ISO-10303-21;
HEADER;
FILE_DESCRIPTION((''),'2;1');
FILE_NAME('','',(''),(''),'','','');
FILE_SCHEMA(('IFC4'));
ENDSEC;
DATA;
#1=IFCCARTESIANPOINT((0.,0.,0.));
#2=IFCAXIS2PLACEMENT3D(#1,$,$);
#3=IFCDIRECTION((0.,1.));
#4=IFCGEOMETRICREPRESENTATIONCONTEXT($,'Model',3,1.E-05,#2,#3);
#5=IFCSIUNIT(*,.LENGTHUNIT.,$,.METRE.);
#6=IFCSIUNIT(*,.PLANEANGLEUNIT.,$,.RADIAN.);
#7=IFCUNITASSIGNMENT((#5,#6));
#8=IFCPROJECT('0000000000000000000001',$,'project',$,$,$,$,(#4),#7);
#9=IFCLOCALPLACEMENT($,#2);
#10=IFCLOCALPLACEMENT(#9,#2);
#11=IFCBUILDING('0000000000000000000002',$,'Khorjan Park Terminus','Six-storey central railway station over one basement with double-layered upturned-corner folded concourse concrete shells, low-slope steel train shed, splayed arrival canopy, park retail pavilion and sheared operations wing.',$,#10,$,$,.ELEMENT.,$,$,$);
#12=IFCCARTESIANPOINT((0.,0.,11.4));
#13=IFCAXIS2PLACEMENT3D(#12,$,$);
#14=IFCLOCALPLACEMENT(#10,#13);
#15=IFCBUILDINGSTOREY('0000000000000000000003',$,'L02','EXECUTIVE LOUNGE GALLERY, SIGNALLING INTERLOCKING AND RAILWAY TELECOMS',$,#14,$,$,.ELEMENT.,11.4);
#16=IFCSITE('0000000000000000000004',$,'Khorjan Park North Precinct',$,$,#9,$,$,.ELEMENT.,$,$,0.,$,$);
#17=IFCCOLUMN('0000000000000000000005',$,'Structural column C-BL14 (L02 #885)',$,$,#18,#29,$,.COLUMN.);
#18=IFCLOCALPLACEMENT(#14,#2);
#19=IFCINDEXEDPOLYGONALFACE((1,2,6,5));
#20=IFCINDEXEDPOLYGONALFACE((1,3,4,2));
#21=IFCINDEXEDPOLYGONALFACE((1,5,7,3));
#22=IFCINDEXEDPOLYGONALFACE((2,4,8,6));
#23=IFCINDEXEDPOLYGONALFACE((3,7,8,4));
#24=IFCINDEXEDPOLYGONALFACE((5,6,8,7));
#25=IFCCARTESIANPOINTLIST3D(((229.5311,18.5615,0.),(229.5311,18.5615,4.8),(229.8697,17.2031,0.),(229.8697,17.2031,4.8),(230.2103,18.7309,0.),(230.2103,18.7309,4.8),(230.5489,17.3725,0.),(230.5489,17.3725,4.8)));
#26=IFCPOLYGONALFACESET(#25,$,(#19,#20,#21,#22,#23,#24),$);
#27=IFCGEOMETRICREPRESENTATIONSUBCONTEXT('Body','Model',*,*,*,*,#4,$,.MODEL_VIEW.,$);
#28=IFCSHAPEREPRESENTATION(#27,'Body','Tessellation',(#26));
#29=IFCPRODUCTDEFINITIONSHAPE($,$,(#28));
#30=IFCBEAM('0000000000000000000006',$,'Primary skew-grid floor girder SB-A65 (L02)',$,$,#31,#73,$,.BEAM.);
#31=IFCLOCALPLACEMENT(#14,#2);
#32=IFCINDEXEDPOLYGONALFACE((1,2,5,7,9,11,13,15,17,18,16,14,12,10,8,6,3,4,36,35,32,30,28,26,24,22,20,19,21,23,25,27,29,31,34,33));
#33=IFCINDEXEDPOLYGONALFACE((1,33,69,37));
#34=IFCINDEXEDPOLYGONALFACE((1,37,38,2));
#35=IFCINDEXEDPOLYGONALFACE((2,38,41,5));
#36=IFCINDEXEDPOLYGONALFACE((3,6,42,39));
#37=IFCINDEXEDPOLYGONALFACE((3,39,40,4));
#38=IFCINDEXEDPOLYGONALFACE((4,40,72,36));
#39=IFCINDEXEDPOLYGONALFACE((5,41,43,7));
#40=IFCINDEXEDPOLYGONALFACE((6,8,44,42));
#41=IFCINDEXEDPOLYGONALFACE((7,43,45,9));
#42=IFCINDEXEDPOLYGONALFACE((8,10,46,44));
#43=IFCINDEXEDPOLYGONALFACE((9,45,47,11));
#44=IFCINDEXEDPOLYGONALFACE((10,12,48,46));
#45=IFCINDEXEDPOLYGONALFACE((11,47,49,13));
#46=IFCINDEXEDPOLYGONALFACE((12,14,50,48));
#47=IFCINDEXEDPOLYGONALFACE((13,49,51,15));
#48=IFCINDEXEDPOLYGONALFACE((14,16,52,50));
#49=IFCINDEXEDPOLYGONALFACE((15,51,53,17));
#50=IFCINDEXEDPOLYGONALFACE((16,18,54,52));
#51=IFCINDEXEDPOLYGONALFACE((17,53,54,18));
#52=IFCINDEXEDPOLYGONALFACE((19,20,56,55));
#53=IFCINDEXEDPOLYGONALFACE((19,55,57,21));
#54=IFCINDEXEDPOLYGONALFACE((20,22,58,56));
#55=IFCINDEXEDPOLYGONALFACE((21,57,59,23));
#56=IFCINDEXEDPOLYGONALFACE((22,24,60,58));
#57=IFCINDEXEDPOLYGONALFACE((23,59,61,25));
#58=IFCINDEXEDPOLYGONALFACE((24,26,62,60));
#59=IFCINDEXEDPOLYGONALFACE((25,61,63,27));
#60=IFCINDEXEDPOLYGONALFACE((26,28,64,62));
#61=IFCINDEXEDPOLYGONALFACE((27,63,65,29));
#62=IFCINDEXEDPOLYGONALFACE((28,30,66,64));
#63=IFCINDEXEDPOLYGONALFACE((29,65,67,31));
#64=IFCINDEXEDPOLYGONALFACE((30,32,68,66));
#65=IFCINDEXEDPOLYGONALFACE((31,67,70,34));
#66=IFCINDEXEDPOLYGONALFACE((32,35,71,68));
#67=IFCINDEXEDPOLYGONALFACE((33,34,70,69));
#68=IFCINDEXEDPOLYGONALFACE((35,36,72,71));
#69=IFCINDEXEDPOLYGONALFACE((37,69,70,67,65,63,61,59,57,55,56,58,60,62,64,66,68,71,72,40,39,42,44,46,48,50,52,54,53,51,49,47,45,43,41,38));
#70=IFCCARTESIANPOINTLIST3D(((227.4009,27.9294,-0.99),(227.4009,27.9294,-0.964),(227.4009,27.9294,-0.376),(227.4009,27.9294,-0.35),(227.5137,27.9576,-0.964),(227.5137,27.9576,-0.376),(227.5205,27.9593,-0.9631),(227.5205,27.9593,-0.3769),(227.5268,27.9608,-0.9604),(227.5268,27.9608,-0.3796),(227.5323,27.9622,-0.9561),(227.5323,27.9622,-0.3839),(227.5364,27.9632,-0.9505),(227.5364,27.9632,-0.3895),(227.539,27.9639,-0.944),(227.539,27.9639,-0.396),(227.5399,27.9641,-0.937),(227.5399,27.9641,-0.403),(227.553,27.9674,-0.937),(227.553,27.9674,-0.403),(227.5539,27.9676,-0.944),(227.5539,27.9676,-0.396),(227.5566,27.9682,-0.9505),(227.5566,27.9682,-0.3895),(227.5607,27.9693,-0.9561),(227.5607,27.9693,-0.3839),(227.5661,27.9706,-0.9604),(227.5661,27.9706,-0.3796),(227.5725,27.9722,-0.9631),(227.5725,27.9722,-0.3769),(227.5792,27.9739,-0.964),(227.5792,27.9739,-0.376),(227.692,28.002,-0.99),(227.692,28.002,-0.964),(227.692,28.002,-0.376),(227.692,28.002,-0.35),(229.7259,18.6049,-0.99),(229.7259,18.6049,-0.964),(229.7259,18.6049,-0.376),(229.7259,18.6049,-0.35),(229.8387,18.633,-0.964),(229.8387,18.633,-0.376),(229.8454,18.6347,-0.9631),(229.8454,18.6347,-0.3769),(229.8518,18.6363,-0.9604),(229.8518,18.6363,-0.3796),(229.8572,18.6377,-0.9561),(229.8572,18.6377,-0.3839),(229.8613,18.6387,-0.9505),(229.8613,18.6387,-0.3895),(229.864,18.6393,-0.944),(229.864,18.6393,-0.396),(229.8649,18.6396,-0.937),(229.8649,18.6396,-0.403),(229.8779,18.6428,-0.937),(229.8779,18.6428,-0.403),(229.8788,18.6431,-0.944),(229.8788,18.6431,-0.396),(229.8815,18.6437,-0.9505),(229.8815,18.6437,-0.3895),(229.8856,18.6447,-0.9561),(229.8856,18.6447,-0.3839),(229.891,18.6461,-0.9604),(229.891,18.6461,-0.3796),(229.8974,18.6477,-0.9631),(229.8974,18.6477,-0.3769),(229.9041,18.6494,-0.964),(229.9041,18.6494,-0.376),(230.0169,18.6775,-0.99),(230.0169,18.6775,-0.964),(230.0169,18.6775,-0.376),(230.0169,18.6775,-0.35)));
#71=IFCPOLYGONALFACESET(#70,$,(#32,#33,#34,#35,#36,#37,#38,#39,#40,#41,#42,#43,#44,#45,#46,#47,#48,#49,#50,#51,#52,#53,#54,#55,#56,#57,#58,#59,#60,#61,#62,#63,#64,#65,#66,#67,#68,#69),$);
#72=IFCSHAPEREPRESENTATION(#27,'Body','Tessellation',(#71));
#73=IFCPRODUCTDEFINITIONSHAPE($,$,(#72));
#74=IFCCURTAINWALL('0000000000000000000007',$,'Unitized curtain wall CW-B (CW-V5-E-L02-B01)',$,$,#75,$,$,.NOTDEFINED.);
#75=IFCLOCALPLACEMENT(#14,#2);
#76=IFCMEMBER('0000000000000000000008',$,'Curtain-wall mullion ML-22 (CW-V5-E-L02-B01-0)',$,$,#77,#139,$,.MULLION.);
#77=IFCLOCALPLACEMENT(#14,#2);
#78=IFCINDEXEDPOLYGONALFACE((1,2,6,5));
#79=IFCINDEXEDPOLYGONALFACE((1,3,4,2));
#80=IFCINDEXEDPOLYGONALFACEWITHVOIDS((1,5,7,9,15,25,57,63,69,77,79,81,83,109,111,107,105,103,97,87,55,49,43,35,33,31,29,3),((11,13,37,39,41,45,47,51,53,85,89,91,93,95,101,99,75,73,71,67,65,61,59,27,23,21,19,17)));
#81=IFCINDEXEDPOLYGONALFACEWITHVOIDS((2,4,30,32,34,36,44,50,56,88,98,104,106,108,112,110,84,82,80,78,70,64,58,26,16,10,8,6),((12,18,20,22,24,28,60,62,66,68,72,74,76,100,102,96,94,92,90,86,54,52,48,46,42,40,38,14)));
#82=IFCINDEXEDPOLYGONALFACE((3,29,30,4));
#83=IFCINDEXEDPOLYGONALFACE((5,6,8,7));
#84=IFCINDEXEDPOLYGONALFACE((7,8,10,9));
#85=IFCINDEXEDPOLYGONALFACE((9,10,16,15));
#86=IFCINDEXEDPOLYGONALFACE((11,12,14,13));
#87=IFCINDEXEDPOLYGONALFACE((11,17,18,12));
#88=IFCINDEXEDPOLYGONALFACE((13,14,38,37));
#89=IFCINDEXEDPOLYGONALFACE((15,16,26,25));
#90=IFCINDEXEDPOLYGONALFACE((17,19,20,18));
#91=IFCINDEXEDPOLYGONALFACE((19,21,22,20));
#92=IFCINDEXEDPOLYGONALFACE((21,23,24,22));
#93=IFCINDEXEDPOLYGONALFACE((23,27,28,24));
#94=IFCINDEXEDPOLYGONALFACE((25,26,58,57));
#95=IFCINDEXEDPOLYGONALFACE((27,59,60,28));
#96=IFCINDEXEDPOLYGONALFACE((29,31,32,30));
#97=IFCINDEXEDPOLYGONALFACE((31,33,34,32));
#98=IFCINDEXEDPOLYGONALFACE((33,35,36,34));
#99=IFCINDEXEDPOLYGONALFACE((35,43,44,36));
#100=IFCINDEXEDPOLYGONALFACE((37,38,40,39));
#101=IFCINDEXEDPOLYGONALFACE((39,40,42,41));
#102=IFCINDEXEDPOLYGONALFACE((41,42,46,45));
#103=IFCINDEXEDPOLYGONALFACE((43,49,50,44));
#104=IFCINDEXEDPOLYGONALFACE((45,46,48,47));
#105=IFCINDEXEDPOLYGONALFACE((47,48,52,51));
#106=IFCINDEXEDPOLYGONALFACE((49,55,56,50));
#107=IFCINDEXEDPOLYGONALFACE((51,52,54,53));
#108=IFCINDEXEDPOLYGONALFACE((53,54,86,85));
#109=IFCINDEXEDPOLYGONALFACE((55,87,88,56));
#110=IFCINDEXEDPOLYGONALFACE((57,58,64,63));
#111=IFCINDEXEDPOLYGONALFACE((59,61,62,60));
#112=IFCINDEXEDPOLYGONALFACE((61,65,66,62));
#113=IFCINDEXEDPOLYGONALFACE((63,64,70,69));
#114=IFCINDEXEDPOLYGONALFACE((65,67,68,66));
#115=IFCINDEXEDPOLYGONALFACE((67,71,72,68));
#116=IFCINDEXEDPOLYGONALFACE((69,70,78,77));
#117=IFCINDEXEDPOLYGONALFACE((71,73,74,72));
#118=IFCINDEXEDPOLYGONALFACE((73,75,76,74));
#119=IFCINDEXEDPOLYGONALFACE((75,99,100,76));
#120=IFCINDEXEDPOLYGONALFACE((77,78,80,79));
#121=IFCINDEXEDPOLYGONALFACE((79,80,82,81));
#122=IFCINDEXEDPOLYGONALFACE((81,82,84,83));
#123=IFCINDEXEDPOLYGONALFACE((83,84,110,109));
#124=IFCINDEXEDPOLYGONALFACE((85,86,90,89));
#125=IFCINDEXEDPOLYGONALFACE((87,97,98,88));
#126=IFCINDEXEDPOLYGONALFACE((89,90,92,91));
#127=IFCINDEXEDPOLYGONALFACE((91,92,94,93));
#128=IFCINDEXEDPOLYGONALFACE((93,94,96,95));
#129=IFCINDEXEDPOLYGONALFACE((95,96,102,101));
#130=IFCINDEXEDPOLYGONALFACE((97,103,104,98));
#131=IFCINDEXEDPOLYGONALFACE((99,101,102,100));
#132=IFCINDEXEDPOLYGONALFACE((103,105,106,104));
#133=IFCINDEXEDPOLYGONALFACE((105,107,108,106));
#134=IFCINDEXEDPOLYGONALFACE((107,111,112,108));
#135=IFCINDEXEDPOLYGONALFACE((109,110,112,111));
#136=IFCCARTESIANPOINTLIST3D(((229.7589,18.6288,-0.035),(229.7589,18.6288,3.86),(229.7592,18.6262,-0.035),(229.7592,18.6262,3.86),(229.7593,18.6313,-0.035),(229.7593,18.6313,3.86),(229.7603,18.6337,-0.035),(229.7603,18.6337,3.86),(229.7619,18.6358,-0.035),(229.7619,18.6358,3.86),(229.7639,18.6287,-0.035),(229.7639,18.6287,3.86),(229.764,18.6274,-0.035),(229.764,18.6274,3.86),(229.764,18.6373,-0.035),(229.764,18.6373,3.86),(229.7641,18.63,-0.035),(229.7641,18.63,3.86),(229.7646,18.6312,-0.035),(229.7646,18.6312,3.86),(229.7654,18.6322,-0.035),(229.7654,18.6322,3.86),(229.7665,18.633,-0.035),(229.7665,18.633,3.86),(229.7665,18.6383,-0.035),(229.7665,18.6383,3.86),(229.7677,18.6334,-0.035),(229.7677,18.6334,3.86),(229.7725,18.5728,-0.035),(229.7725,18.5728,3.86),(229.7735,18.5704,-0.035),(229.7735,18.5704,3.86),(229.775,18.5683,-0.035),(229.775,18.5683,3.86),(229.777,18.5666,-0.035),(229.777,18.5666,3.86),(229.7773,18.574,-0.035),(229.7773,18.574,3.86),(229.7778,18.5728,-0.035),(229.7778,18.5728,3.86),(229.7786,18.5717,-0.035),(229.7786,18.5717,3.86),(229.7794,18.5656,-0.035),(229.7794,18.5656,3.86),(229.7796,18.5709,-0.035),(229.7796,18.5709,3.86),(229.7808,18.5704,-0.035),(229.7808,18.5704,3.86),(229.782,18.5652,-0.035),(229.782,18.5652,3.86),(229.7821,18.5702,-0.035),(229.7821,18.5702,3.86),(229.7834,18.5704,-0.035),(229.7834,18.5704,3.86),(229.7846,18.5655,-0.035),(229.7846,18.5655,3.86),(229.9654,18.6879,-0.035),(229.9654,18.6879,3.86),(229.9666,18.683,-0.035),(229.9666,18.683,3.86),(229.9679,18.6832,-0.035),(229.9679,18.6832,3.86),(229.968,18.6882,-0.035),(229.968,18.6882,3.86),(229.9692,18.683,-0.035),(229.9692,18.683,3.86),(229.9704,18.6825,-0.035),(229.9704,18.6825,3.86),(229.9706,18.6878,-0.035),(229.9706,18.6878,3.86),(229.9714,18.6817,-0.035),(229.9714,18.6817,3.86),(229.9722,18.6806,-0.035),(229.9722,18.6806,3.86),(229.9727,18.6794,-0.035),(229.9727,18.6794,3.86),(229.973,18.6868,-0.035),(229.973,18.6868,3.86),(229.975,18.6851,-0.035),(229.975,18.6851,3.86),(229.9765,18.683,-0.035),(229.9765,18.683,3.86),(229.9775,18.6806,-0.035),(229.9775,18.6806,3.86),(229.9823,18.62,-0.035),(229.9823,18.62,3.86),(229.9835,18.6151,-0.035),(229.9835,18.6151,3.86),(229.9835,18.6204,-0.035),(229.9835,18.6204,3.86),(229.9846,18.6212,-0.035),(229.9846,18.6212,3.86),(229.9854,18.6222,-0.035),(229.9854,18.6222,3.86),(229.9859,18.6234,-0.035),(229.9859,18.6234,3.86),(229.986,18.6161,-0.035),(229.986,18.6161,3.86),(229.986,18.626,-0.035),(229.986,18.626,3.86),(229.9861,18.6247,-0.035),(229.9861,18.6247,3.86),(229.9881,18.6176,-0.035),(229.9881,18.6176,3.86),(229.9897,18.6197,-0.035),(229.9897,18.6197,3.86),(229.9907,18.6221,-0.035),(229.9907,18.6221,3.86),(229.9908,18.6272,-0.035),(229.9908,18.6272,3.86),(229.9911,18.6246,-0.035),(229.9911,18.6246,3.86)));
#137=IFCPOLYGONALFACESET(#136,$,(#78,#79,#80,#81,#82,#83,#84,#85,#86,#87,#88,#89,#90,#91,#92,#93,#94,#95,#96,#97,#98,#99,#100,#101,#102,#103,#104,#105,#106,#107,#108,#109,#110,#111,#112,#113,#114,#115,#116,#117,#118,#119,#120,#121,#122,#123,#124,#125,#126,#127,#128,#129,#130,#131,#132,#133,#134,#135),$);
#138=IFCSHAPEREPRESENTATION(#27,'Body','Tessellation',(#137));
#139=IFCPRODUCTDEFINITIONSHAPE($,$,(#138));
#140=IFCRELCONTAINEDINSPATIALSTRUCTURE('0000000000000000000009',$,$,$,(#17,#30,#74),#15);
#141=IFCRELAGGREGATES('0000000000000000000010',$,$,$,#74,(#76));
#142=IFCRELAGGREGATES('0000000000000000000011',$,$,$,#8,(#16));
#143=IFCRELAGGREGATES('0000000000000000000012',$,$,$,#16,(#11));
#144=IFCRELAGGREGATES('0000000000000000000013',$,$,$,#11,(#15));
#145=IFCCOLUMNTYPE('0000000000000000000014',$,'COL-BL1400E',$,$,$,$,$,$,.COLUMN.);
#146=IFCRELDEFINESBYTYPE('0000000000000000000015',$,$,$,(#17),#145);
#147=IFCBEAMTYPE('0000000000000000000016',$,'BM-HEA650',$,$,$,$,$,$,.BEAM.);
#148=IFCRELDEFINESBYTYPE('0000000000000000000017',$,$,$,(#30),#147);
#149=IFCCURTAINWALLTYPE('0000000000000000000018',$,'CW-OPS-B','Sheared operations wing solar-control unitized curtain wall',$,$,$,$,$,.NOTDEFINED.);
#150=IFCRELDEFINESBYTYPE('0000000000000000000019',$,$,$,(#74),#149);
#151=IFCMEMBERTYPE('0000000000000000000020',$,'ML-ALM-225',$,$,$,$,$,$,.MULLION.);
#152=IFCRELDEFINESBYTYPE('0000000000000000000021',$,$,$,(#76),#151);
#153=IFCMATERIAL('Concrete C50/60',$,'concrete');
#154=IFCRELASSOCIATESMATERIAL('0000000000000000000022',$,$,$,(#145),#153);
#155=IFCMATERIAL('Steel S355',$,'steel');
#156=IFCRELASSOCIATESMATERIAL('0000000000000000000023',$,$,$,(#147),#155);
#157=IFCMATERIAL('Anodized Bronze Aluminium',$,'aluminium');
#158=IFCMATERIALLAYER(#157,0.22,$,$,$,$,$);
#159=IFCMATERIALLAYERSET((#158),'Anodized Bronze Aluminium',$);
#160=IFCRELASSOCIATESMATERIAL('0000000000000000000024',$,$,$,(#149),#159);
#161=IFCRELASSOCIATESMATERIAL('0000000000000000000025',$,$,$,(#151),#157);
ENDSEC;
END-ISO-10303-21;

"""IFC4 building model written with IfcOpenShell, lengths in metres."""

from ifc_helpers import new_model, si_unit, direction, frame, origin, origin_2d, place, context, subcontext, project, spatial, rectangle, hollow_rectangle, i_section, extrude, material, layer, layer_set, material_profile, profile_set, type_object, element, aggregate, save


model = new_model("IFC4")

# Units and contexts
model_context = context("Model", 3, precision=1e-05, world=origin(), true_north=direction((0.0, 1.0)))
body_context = subcontext(model_context, "Body", "Model", "MODEL_VIEW")
ifc_project = project(units=[si_unit("LENGTHUNIT", "METRE"), si_unit("PLANEANGLEUNIT", "RADIAN")], contexts=[model_context])

# Site, building, storey
site_placement = place(None, origin())
site = spatial("IfcSite", under=ifc_project, at=site_placement, Name="Khorjan Park North Precinct", CompositionType="ELEMENT", RefElevation=0.0)
building_placement = place(site_placement, origin())
building = spatial("IfcBuilding", under=site, at=building_placement, Name="Khorjan Park Terminus", Description="Six-storey central railway station over one basement with double-layered upturned-corner folded concourse concrete shells, low-slope steel train shed, splayed arrival canopy, park retail pavilion and sheared operations wing.", CompositionType="ELEMENT")
storey_placement = place(building_placement, frame((0.0, 0.0, 11.4)))
storey = spatial("IfcBuildingStorey", under=building, at=storey_placement, Name="L02", Description="EXECUTIVE LOUNGE GALLERY, SIGNALLING INTERLOCKING AND RAILWAY TELECOMS", CompositionType="ELEMENT", Elevation=11.4)

# Column
ifc_material_1 = material(Name="Concrete C50/60", Category="concrete")
ifc_material_profile_1 = material_profile(ifc_material_1, rectangle(XDim=0.7, YDim=1.4, at=origin_2d()), Name="RC 700x1400")
ifc_profile_set_1 = profile_set([ifc_material_profile_1], Name="Concrete C50/60")
column_type = type_object("IfcColumnType", Name="COL-BL1400E", PredefinedType="COLUMN", material=ifc_profile_set_1)
column_placement = place(storey_placement, frame((230.04, 17.967, 0.0), z_axis=(0.0, 0.0, 1.0), x_axis=(0.970296, 0.241922, 0.0)))
element("IfcColumn", 1, at=column_placement, inside=storey, type_object=column_type, Name="Structural column C-BL14 (L02 #885)", PredefinedType="COLUMN", context=body_context, shape_type="SweptSolid", body=[
    extrude(rectangle(XDim=0.7, YDim=1.4, at=origin_2d()), origin(), (0.0, 0.0, 1.0), 4.8),
])

# Beam
ifc_material_2 = material(Name="Steel S355", Category="steel")
ifc_material_profile_2 = material_profile(ifc_material_2, i_section(OverallWidth=0.3, OverallDepth=0.64, WebThickness=0.0135, FlangeThickness=0.026, FilletRadius=0.027, at=origin_2d()), Name="HEA 650")
ifc_profile_set_2 = profile_set([ifc_material_profile_2], Name="Steel S355")
beam_type = type_object("IfcBeamType", Name="BM-HEA650", PredefinedType="BEAM", material=ifc_profile_set_2)
beam_placement = place(storey_placement, frame((229.8714, 18.6412, -0.67), z_axis=(-0.241926, 0.970295, 0.0), x_axis=(-0.970295, -0.241926, 0.0)))
element("IfcBeam", 2, at=beam_placement, inside=storey, type_object=beam_type, Name="Primary skew-grid floor girder SB-A65 (L02)", PredefinedType="BEAM", context=body_context, shape_type="SweptSolid", body=[
    extrude(i_section(OverallWidth=0.3, OverallDepth=0.64, WebThickness=0.0135, FlangeThickness=0.026, FilletRadius=0.027, at=origin_2d()), origin(), (0.0, 0.0, 1.0), 9.61),
])

# Curtain wall, member
ifc_material_3 = material(Name="Anodized Bronze Aluminium", Category="aluminium")
ifc_layer_1 = layer(ifc_material_3, 0.22)
ifc_layer_set_1 = layer_set([ifc_layer_1], Name="Anodized Bronze Aluminium")
curtain_wall_type = type_object("IfcCurtainWallType", Name="CW-OPS-B", Description="Sheared operations wing solar-control unitized curtain wall", PredefinedType="NOTDEFINED", material=ifc_layer_set_1)
curtain_wall_placement = place(storey_placement, origin())
curtain_wall = element("IfcCurtainWall", 3, at=curtain_wall_placement, inside=storey, type_object=curtain_wall_type, Name="Unitized curtain wall CW-B (CW-V5-E-L02-B01)", PredefinedType="NOTDEFINED")
ifc_material_profile_3 = material_profile(ifc_material_3, hollow_rectangle(XDim=0.075, YDim=0.225, WallThickness=0.005, InnerFilletRadius=0.005, OuterFilletRadius=0.01, at=origin_2d()), Name="ALM 75x225x5")
ifc_profile_set_3 = profile_set([ifc_material_profile_3], Name="Anodized Bronze Aluminium")
member_type_1 = type_object("IfcMemberType", Name="ML-ALM-225", PredefinedType="MULLION", material=ifc_profile_set_3)
member_1_placement = place(storey_placement, frame((229.875, 18.6267, -0.035), z_axis=(0.0, 0.0, 1.0), x_axis=(-0.24192, 0.970296, 0.0)))
member_1 = element("IfcMember", 4, at=member_1_placement, type_object=member_type_1, Name="Curtain-wall mullion ML-22 (CW-V5-E-L02-B01-0)", PredefinedType="MULLION", context=body_context, shape_type="SweptSolid", body=[
    extrude(hollow_rectangle(XDim=0.075, YDim=0.225, WallThickness=0.005, InnerFilletRadius=0.005, OuterFilletRadius=0.01, at=origin_2d()), origin(), (0.0, 0.0, 1.0), 3.895),
])
aggregate(curtain_wall, [member_1])

save(model, "model.ifc")
